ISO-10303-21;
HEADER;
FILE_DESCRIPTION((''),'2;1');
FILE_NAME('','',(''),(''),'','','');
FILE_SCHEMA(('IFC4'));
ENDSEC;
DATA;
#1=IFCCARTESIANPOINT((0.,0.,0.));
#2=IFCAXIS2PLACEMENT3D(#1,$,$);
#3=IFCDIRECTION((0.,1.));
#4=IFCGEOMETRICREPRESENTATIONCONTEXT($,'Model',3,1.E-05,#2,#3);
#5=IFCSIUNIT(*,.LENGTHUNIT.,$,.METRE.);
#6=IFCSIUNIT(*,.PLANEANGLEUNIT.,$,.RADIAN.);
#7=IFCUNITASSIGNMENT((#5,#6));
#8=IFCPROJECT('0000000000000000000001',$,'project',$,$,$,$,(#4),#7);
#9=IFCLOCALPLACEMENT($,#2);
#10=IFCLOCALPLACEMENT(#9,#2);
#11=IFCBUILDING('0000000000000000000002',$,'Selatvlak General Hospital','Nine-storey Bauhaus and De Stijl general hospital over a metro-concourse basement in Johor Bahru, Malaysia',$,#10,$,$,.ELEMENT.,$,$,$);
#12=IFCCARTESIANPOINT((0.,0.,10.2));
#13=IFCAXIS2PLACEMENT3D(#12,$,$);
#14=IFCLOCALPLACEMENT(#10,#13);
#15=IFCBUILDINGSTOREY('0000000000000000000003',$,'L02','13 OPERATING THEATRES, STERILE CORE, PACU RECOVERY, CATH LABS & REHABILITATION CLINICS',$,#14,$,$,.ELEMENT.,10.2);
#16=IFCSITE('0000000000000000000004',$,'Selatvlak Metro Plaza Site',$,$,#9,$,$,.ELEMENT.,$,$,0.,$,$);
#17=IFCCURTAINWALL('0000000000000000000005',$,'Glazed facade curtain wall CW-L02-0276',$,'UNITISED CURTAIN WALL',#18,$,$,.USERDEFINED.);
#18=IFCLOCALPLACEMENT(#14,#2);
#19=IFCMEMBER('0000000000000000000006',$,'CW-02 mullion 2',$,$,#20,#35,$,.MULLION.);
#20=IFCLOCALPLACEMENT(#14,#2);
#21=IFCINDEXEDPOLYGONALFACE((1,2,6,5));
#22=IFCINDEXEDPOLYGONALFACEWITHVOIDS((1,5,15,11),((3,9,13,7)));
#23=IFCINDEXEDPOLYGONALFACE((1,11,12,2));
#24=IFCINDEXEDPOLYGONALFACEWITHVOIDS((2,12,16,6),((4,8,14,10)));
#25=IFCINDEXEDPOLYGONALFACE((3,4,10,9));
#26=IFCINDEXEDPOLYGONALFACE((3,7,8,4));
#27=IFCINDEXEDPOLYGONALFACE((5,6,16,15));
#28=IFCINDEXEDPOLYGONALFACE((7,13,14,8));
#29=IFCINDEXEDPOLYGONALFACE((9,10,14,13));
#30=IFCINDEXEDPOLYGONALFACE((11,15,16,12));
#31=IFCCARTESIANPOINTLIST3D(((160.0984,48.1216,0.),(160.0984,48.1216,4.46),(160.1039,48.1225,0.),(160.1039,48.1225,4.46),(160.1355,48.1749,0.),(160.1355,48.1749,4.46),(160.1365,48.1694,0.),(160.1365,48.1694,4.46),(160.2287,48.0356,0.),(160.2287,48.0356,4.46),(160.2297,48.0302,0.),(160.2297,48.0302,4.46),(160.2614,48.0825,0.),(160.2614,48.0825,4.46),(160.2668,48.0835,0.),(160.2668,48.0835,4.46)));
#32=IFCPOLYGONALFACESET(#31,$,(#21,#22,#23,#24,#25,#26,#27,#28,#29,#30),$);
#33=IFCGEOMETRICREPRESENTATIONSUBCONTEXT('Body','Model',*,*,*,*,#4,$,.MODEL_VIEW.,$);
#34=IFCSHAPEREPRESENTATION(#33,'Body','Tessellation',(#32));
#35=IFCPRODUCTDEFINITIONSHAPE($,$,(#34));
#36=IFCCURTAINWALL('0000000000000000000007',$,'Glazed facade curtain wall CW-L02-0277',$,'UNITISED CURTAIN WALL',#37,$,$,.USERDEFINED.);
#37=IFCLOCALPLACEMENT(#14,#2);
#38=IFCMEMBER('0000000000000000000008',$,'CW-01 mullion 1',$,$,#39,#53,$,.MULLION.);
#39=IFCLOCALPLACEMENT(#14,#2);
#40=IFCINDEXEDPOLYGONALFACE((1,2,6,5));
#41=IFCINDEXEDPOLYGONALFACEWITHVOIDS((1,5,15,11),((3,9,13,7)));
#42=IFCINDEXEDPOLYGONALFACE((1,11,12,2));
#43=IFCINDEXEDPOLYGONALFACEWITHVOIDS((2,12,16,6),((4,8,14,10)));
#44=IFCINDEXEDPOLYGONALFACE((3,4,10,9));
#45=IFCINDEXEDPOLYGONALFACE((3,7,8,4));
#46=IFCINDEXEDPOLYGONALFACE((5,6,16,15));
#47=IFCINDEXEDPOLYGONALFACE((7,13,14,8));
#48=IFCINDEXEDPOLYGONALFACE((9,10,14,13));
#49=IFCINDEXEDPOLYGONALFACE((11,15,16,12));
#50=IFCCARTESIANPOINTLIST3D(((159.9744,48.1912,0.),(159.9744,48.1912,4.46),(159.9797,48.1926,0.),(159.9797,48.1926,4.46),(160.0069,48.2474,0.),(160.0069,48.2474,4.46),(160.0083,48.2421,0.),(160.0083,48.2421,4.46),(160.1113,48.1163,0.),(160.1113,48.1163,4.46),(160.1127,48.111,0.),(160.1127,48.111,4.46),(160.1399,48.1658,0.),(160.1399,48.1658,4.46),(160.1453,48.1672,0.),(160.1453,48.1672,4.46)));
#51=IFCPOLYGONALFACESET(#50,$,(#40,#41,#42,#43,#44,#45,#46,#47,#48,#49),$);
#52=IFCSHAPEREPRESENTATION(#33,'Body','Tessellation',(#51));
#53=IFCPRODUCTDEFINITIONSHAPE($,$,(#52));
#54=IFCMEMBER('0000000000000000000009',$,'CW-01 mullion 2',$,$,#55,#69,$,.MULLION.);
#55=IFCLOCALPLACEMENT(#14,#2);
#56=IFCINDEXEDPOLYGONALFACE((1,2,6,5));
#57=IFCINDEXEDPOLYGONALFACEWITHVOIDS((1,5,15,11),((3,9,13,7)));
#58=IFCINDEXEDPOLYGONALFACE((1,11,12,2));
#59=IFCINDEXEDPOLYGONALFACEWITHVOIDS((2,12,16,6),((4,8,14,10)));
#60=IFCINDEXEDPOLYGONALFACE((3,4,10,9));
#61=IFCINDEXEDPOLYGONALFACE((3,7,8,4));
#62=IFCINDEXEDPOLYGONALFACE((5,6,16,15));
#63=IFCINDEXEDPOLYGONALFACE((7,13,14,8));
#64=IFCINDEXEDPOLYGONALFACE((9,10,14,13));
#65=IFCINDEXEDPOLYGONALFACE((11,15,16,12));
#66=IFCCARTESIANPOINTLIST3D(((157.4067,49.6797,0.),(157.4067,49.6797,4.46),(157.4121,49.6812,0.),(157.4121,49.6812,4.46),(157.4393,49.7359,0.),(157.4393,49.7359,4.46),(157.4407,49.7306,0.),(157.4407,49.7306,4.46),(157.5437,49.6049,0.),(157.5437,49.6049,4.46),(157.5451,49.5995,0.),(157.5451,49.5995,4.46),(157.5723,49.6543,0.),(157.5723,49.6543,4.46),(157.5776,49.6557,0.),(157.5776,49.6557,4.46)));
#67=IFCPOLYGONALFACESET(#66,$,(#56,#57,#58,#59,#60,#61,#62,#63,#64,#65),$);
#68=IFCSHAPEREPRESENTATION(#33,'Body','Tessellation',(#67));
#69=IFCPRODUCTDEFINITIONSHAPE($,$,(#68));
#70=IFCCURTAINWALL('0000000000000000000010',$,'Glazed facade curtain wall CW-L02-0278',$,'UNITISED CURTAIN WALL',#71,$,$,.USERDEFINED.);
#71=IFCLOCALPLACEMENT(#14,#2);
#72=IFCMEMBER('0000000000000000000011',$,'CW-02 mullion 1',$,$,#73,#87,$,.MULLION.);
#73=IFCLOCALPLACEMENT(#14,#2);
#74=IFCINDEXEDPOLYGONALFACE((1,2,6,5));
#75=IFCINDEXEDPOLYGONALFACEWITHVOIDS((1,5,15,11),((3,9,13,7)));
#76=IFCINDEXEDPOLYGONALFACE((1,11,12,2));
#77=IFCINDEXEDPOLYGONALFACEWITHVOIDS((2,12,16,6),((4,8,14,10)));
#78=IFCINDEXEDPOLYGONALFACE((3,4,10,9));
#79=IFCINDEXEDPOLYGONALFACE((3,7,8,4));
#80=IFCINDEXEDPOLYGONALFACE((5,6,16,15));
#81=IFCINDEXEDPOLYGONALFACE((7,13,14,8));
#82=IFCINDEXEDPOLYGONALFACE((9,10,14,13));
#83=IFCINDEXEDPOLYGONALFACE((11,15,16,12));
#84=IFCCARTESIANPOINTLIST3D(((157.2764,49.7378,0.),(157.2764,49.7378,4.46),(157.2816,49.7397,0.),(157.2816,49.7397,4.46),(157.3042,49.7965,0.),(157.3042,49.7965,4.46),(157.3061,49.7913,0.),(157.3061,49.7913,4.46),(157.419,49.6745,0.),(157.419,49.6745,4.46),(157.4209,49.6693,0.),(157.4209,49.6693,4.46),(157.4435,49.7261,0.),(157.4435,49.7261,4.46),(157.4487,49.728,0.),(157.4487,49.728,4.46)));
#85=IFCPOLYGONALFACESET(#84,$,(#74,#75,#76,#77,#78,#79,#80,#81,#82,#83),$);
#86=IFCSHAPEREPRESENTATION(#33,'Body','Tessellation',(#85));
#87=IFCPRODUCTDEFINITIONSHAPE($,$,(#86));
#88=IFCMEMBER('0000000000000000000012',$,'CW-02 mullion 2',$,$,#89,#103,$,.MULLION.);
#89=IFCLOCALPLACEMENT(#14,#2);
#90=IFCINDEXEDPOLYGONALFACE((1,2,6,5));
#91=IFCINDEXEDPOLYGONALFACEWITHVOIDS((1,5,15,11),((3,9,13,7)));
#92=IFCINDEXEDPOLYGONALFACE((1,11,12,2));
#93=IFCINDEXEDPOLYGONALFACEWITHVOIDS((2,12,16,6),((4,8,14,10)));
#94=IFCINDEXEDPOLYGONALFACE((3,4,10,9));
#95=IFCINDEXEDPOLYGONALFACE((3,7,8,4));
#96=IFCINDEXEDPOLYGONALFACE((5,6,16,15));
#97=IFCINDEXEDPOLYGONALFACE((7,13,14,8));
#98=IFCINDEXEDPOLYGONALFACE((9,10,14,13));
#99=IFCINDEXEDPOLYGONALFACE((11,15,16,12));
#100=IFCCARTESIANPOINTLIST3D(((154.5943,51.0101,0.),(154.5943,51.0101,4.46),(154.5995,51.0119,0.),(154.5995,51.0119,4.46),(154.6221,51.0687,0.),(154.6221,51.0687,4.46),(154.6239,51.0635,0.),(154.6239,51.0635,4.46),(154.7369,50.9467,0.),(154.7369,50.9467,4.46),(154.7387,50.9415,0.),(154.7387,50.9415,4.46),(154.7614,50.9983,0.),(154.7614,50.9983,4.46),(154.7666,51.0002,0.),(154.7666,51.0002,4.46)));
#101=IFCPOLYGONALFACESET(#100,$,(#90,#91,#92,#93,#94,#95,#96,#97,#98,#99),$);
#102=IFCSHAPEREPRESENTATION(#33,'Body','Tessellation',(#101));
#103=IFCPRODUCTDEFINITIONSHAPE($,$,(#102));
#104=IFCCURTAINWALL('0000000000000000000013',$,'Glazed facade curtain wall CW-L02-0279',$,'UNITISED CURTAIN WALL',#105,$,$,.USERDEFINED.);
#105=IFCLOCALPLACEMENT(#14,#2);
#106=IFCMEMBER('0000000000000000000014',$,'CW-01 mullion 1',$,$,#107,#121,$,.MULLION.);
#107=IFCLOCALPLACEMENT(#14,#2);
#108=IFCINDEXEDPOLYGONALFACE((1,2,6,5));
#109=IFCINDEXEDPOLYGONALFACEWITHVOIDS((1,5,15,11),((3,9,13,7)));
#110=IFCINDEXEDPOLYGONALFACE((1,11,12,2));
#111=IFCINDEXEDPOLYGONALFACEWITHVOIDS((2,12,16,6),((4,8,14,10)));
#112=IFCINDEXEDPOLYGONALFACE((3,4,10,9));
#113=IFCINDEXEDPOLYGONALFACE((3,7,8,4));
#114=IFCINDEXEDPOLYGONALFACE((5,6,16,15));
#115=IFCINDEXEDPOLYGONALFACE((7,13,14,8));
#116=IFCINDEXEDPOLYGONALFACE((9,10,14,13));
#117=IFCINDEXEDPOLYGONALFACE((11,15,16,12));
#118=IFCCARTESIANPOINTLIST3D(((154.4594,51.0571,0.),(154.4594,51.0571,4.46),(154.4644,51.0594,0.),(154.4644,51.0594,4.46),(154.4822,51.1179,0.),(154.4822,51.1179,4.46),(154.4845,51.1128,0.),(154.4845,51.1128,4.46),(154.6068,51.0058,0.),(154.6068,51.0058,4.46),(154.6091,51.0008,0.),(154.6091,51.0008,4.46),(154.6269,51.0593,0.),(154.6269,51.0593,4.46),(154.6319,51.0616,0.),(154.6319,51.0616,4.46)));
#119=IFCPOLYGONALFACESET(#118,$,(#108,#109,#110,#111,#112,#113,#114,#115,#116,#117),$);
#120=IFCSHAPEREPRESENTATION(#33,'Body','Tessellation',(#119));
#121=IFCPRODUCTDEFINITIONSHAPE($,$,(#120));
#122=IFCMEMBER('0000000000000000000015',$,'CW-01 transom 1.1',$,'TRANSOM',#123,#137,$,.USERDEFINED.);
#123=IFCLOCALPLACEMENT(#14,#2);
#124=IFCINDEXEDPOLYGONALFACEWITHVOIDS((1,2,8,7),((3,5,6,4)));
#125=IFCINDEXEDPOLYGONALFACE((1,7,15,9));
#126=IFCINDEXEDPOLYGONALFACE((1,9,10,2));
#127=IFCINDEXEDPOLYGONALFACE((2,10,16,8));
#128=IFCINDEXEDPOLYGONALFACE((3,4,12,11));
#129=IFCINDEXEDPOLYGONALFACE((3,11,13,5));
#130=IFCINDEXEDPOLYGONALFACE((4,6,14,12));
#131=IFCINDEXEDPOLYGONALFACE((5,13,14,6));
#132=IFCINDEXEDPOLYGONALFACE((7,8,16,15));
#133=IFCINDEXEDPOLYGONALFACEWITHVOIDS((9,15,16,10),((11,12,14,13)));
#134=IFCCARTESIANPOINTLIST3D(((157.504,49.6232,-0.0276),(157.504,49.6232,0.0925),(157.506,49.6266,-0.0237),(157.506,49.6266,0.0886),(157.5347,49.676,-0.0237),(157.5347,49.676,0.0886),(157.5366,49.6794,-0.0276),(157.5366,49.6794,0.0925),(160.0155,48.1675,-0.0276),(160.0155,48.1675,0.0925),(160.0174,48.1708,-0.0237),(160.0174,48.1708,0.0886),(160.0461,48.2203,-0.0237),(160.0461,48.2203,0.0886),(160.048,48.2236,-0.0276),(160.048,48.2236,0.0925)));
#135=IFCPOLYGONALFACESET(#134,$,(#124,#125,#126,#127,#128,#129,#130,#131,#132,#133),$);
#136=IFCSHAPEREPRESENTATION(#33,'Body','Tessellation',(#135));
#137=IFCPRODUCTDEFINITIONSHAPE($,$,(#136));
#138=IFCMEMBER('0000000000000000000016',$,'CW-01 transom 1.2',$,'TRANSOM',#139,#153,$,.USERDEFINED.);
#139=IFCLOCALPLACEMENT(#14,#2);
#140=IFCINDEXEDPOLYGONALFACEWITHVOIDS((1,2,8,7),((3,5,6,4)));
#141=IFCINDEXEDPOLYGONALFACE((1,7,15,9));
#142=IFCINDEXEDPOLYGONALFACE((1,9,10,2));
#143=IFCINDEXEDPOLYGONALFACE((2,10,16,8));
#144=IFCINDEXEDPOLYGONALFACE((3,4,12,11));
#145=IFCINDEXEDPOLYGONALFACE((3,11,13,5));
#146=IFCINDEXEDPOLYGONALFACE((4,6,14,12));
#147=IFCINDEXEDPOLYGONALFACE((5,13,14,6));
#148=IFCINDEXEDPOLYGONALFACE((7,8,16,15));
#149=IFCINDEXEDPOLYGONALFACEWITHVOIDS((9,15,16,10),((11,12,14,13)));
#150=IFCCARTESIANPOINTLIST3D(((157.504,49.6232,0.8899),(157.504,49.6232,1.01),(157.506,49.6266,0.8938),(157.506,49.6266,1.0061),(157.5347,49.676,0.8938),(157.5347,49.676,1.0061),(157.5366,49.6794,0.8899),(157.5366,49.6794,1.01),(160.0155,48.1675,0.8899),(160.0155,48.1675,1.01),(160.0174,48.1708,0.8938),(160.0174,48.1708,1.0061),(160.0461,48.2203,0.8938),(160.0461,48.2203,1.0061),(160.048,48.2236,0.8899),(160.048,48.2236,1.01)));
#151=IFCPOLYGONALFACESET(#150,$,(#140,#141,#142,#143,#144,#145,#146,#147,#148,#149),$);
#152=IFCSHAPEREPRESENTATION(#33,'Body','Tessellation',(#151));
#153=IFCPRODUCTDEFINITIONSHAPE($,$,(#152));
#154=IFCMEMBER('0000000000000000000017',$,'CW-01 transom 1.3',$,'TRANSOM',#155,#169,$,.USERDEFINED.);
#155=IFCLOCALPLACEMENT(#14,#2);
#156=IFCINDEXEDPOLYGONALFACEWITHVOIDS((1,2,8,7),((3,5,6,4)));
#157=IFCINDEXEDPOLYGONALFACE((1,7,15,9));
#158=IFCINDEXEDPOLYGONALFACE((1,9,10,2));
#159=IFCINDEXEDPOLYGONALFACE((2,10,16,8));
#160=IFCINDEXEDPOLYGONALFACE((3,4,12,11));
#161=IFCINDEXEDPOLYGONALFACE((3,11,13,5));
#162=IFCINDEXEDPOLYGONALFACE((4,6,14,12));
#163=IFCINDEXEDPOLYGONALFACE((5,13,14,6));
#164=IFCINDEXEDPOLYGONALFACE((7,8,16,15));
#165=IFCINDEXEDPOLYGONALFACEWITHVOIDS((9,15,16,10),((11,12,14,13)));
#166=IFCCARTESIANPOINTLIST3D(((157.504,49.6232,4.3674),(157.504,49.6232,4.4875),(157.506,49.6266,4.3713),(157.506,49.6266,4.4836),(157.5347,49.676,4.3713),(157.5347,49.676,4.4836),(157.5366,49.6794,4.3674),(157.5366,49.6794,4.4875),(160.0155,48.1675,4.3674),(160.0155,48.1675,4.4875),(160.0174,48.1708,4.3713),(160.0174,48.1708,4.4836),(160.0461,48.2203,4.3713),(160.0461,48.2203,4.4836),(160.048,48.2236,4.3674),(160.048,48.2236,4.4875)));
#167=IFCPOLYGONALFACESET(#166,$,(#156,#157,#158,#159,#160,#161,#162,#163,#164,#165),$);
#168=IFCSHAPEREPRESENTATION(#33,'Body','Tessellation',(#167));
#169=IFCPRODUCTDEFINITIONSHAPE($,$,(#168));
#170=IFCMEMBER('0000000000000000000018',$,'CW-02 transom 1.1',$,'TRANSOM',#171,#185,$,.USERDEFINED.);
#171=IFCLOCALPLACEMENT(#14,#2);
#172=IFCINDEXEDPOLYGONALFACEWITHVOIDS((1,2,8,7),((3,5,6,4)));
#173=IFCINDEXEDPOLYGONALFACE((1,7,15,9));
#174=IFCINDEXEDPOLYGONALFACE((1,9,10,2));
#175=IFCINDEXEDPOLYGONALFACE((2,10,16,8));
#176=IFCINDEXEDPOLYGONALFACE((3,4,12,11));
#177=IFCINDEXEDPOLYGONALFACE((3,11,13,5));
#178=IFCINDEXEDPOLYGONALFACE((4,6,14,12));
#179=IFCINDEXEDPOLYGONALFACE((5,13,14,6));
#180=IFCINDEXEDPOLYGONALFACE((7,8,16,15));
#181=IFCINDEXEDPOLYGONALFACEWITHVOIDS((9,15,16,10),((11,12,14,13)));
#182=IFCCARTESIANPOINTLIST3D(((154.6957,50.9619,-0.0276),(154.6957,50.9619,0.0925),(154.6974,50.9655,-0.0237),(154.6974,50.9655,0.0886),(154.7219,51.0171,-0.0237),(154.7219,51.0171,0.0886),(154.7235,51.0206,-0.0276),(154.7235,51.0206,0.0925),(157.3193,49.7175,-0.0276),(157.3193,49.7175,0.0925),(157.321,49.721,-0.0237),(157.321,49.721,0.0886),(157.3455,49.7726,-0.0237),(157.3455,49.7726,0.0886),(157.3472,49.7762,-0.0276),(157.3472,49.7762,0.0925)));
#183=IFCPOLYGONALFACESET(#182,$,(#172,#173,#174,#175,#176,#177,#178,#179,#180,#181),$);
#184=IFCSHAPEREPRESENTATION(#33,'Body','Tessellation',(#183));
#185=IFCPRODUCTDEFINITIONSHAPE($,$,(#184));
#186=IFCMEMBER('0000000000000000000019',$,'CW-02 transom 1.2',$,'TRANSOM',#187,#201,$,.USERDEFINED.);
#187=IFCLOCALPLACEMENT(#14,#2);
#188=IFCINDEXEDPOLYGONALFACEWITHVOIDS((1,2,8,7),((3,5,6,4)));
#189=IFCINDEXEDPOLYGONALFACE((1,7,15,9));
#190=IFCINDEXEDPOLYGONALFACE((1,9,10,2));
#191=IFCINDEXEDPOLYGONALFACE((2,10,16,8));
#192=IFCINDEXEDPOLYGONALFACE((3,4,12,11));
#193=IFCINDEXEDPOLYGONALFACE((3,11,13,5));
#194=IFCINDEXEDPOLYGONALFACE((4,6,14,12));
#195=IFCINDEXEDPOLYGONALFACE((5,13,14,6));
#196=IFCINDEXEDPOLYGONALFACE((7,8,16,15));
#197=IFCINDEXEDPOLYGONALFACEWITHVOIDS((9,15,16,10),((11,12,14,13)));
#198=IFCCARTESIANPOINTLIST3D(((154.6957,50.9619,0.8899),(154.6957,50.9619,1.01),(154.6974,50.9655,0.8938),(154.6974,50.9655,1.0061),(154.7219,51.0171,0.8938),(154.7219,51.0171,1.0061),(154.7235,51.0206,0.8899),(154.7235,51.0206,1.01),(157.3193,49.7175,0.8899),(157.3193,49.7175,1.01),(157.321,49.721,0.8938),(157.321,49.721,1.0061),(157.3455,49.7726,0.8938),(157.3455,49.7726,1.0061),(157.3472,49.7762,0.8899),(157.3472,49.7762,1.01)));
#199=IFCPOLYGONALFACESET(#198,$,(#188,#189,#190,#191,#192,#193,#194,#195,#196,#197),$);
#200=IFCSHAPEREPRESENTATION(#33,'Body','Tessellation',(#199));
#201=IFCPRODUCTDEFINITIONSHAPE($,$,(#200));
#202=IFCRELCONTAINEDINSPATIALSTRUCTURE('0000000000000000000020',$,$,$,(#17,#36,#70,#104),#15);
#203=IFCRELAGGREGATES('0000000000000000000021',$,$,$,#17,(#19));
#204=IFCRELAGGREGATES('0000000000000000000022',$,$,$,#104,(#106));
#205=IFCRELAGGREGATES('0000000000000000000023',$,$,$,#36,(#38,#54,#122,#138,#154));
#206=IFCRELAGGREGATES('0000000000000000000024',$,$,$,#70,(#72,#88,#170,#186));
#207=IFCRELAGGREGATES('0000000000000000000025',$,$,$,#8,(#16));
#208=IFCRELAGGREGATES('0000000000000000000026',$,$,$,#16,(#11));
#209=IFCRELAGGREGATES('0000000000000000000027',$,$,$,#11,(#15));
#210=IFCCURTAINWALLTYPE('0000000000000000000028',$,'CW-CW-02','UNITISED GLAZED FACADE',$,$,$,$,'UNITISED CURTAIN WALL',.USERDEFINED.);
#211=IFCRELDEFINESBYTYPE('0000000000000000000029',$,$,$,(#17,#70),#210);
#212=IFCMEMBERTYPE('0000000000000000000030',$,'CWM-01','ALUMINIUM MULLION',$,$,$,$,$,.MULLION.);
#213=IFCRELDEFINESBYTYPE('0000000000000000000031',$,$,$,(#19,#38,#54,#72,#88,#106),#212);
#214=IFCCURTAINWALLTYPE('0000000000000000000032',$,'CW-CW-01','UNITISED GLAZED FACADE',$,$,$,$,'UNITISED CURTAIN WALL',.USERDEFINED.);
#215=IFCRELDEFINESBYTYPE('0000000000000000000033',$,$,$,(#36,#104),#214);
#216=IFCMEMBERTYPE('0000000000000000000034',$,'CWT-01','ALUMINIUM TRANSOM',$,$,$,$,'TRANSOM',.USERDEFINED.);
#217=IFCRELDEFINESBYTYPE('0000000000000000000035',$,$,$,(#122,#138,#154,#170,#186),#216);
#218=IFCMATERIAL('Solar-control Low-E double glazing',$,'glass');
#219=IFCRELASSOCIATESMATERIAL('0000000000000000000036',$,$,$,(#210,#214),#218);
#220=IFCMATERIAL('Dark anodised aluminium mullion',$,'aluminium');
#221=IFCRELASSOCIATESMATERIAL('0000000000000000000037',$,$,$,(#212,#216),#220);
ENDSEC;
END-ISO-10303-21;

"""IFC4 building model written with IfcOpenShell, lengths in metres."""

from ifc_helpers import new_model, si_unit, direction, frame, origin, origin_2d, place, context, subcontext, project, spatial, hollow_rectangle, extrude, material, material_profile, profile_set, type_object, element, aggregate, save


model = new_model("IFC4")

# Units and contexts
model_context = context("Model", 3, precision=1e-05, world=origin(), true_north=direction((0.0, 1.0)))
body_context = subcontext(model_context, "Body", "Model", "MODEL_VIEW")
ifc_project = project(units=[si_unit("LENGTHUNIT", "METRE"), si_unit("PLANEANGLEUNIT", "RADIAN")], contexts=[model_context])

# Site, building, storey
site_placement = place(None, origin())
site = spatial("IfcSite", under=ifc_project, at=site_placement, Name="Selatvlak Metro Plaza Site", CompositionType="ELEMENT", RefElevation=0.0)
building_placement = place(site_placement, origin())
building = spatial("IfcBuilding", under=site, at=building_placement, Name="Selatvlak General Hospital", Description="Nine-storey Bauhaus and De Stijl general hospital over a metro-concourse basement in Johor Bahru, Malaysia", CompositionType="ELEMENT")
storey_placement = place(building_placement, frame((0.0, 0.0, 10.2)))
storey = spatial("IfcBuildingStorey", under=building, at=storey_placement, Name="L02", Description="13 OPERATING THEATRES, STERILE CORE, PACU RECOVERY, CATH LABS & REHABILITATION CLINICS", CompositionType="ELEMENT", Elevation=10.2)

# Curtain wall, member
ifc_material_1 = material(Name="Solar-control Low-E double glazing", Category="glass")
curtain_wall_type_1 = type_object("IfcCurtainWallType", Name="CW-CW-02", Description="UNITISED GLAZED FACADE", ElementType="UNITISED CURTAIN WALL", PredefinedType="USERDEFINED", material=ifc_material_1)
curtain_wall_1_placement = place(storey_placement, origin())
curtain_wall_1 = element("IfcCurtainWall", 1, at=curtain_wall_1_placement, inside=storey, type_object=curtain_wall_type_1, Name="Glazed facade curtain wall CW-L02-0276", ObjectType="UNITISED CURTAIN WALL", PredefinedType="USERDEFINED")
ifc_material_2 = material(Name="Dark anodised aluminium mullion", Category="aluminium")
ifc_material_profile_1 = material_profile(ifc_material_2, hollow_rectangle(XDim=0.0649, YDim=0.1599, WallThickness=0.0039, at=origin_2d()), Name="AL-MUL 65x160x4")
ifc_profile_set_1 = profile_set([ifc_material_profile_1], Name="Dark anodised aluminium mullion")
member_type_1 = type_object("IfcMemberType", Name="CWM-01", Description="ALUMINIUM MULLION", PredefinedType="MULLION", material=ifc_profile_set_1)
member_1_placement = place(storey_placement, frame((160.1826, 48.1025, 0.0), z_axis=(0.0, 0.0, 1.0), x_axis=(-0.571335, -0.820717, 0.0)))
member_1 = element("IfcMember", 2, at=member_1_placement, type_object=member_type_1, Name="CW-02 mullion 2", PredefinedType="MULLION", context=body_context, shape_type="SweptSolid", body=[
    extrude(hollow_rectangle(XDim=0.0649, YDim=0.1599, WallThickness=0.0039, at=origin_2d()), origin(), (0.0, 0.0, 1.0), 4.46),
])
aggregate(curtain_wall_1, [member_1])

# Curtain walls, members
curtain_wall_type_2 = type_object("IfcCurtainWallType", Name="CW-CW-01", Description="UNITISED GLAZED FACADE", ElementType="UNITISED CURTAIN WALL", PredefinedType="USERDEFINED", material=ifc_material_1)
curtain_wall_2_placement = place(storey_placement, origin())
curtain_wall_2 = element("IfcCurtainWall", 3, at=curtain_wall_2_placement, inside=storey, type_object=curtain_wall_type_2, Name="Glazed facade curtain wall CW-L02-0277", ObjectType="UNITISED CURTAIN WALL", PredefinedType="USERDEFINED")
member_2_placement = place(storey_placement, frame((160.0598, 48.1792, 0.0), z_axis=(0.0, 0.0, 1.0), x_axis=(-0.501491, -0.865163, 0.0)))
member_2 = element("IfcMember", 4, at=member_2_placement, type_object=member_type_1, Name="CW-01 mullion 1", PredefinedType="MULLION", context=body_context, shape_type="SweptSolid", body=[
    extrude(hollow_rectangle(XDim=0.0649, YDim=0.1599, WallThickness=0.0039, at=origin_2d()), origin(), (0.0, 0.0, 1.0), 4.46),
])
member_3_placement = place(storey_placement, frame((157.4922, 49.6677, 0.0), z_axis=(0.0, 0.0, 1.0), x_axis=(-0.501491, -0.865163, 0.0)))
member_3 = element("IfcMember", 5, at=member_3_placement, type_object=member_type_1, Name="CW-01 mullion 2", PredefinedType="MULLION", context=body_context, shape_type="SweptSolid", body=[
    extrude(hollow_rectangle(XDim=0.0649, YDim=0.1599, WallThickness=0.0039, at=origin_2d()), origin(), (0.0, 0.0, 1.0), 4.46),
])
curtain_wall_3_placement = place(storey_placement, origin())
curtain_wall_3 = element("IfcCurtainWall", 6, at=curtain_wall_3_placement, inside=storey, type_object=curtain_wall_type_1, Name="Glazed facade curtain wall CW-L02-0278", ObjectType="UNITISED CURTAIN WALL", PredefinedType="USERDEFINED")
member_4_placement = place(storey_placement, frame((157.3625, 49.7329, 0.0), z_axis=(0.0, 0.0, 1.0), x_axis=(-0.428526, -0.90353, 0.0)))
member_4 = element("IfcMember", 7, at=member_4_placement, type_object=member_type_1, Name="CW-02 mullion 1", PredefinedType="MULLION", context=body_context, shape_type="SweptSolid", body=[
    extrude(hollow_rectangle(XDim=0.0649, YDim=0.1599, WallThickness=0.0039, at=origin_2d()), origin(), (0.0, 0.0, 1.0), 4.46),
])
member_5_placement = place(storey_placement, frame((154.6804, 51.0051, 0.0), z_axis=(0.0, 0.0, 1.0), x_axis=(-0.428526, -0.90353, 0.0)))
member_5 = element("IfcMember", 8, at=member_5_placement, type_object=member_type_1, Name="CW-02 mullion 2", PredefinedType="MULLION", context=body_context, shape_type="SweptSolid", body=[
    extrude(hollow_rectangle(XDim=0.0649, YDim=0.1599, WallThickness=0.0039, at=origin_2d()), origin(), (0.0, 0.0, 1.0), 4.46),
])

# Curtain wall, member
curtain_wall_4_placement = place(storey_placement, origin())
curtain_wall_4 = element("IfcCurtainWall", 9, at=curtain_wall_4_placement, inside=storey, type_object=curtain_wall_type_2, Name="Glazed facade curtain wall CW-L02-0279", ObjectType="UNITISED CURTAIN WALL", PredefinedType="USERDEFINED")
member_6_placement = place(storey_placement, frame((154.5457, 51.0593, 0.0), z_axis=(0.0, 0.0, 1.0), x_axis=(-0.352027, -0.93599, 0.0)))
member_6 = element("IfcMember", 10, at=member_6_placement, type_object=member_type_1, Name="CW-01 mullion 1", PredefinedType="MULLION", context=body_context, shape_type="SweptSolid", body=[
    extrude(hollow_rectangle(XDim=0.0649, YDim=0.1599, WallThickness=0.0039, at=origin_2d()), origin(), (0.0, 0.0, 1.0), 4.46),
])

# Members
ifc_material_profile_2 = material_profile(ifc_material_2, hollow_rectangle(XDim=0.0649, YDim=0.1201, WallThickness=0.0039, at=origin_2d()), Name="AL-TRN 65x120x4")
ifc_profile_set_2 = profile_set([ifc_material_profile_2], Name="Dark anodised aluminium mullion")
member_type_2 = type_object("IfcMemberType", Name="CWT-01", Description="ALUMINIUM TRANSOM", ElementType="TRANSOM", PredefinedType="USERDEFINED", material=ifc_profile_set_2)
member_7_placement = place(storey_placement, frame((160.0317, 48.1956, 0.0325), z_axis=(-0.865157, 0.5015, 0.0), x_axis=(-0.5015, -0.865157, 0.0)))
member_7 = element("IfcMember", 11, at=member_7_placement, type_object=member_type_2, Name="CW-01 transom 1.1", ObjectType="TRANSOM", PredefinedType="USERDEFINED", context=body_context, shape_type="SweptSolid", body=[
    extrude(hollow_rectangle(XDim=0.0649, YDim=0.1201, WallThickness=0.0039, at=origin_2d()), origin(), (0.0, 0.0, 1.0), 2.9028),
])
member_8_placement = place(storey_placement, frame((160.0317, 48.1956, 0.95), z_axis=(-0.865157, 0.5015, 0.0), x_axis=(-0.5015, -0.865157, 0.0)))
member_8 = element("IfcMember", 12, at=member_8_placement, type_object=member_type_2, Name="CW-01 transom 1.2", ObjectType="TRANSOM", PredefinedType="USERDEFINED", context=body_context, shape_type="SweptSolid", body=[
    extrude(hollow_rectangle(XDim=0.0649, YDim=0.1201, WallThickness=0.0039, at=origin_2d()), origin(), (0.0, 0.0, 1.0), 2.9028),
])
member_9_placement = place(storey_placement, frame((160.0317, 48.1956, 4.4275), z_axis=(-0.865157, 0.5015, 0.0), x_axis=(-0.5015, -0.865157, 0.0)))
member_9 = element("IfcMember", 13, at=member_9_placement, type_object=member_type_2, Name="CW-01 transom 1.3", ObjectType="TRANSOM", PredefinedType="USERDEFINED", context=body_context, shape_type="SweptSolid", body=[
    extrude(hollow_rectangle(XDim=0.0649, YDim=0.1201, WallThickness=0.0039, at=origin_2d()), origin(), (0.0, 0.0, 1.0), 2.9028),
])
member_10_placement = place(storey_placement, frame((157.3333, 49.7468, 0.0325), z_axis=(-0.903517, 0.428553, 0.0), x_axis=(-0.428553, -0.903517, 0.0)))
member_10 = element("IfcMember", 14, at=member_10_placement, type_object=member_type_2, Name="CW-02 transom 1.1", ObjectType="TRANSOM", PredefinedType="USERDEFINED", context=body_context, shape_type="SweptSolid", body=[
    extrude(hollow_rectangle(XDim=0.0649, YDim=0.1201, WallThickness=0.0039, at=origin_2d()), origin(), (0.0, 0.0, 1.0), 2.9038),
])
member_11_placement = place(storey_placement, frame((157.3333, 49.7468, 0.95), z_axis=(-0.903517, 0.428553, 0.0), x_axis=(-0.428553, -0.903517, 0.0)))
member_11 = element("IfcMember", 15, at=member_11_placement, type_object=member_type_2, Name="CW-02 transom 1.2", ObjectType="TRANSOM", PredefinedType="USERDEFINED", context=body_context, shape_type="SweptSolid", body=[
    extrude(hollow_rectangle(XDim=0.0649, YDim=0.1201, WallThickness=0.0039, at=origin_2d()), origin(), (0.0, 0.0, 1.0), 2.9038),
])
aggregate(curtain_wall_4, [member_6])

aggregate(curtain_wall_2, [member_2, member_3, member_7, member_8, member_9])
aggregate(curtain_wall_3, [member_4, member_5, member_10, member_11])

save(model, "model.ifc")
